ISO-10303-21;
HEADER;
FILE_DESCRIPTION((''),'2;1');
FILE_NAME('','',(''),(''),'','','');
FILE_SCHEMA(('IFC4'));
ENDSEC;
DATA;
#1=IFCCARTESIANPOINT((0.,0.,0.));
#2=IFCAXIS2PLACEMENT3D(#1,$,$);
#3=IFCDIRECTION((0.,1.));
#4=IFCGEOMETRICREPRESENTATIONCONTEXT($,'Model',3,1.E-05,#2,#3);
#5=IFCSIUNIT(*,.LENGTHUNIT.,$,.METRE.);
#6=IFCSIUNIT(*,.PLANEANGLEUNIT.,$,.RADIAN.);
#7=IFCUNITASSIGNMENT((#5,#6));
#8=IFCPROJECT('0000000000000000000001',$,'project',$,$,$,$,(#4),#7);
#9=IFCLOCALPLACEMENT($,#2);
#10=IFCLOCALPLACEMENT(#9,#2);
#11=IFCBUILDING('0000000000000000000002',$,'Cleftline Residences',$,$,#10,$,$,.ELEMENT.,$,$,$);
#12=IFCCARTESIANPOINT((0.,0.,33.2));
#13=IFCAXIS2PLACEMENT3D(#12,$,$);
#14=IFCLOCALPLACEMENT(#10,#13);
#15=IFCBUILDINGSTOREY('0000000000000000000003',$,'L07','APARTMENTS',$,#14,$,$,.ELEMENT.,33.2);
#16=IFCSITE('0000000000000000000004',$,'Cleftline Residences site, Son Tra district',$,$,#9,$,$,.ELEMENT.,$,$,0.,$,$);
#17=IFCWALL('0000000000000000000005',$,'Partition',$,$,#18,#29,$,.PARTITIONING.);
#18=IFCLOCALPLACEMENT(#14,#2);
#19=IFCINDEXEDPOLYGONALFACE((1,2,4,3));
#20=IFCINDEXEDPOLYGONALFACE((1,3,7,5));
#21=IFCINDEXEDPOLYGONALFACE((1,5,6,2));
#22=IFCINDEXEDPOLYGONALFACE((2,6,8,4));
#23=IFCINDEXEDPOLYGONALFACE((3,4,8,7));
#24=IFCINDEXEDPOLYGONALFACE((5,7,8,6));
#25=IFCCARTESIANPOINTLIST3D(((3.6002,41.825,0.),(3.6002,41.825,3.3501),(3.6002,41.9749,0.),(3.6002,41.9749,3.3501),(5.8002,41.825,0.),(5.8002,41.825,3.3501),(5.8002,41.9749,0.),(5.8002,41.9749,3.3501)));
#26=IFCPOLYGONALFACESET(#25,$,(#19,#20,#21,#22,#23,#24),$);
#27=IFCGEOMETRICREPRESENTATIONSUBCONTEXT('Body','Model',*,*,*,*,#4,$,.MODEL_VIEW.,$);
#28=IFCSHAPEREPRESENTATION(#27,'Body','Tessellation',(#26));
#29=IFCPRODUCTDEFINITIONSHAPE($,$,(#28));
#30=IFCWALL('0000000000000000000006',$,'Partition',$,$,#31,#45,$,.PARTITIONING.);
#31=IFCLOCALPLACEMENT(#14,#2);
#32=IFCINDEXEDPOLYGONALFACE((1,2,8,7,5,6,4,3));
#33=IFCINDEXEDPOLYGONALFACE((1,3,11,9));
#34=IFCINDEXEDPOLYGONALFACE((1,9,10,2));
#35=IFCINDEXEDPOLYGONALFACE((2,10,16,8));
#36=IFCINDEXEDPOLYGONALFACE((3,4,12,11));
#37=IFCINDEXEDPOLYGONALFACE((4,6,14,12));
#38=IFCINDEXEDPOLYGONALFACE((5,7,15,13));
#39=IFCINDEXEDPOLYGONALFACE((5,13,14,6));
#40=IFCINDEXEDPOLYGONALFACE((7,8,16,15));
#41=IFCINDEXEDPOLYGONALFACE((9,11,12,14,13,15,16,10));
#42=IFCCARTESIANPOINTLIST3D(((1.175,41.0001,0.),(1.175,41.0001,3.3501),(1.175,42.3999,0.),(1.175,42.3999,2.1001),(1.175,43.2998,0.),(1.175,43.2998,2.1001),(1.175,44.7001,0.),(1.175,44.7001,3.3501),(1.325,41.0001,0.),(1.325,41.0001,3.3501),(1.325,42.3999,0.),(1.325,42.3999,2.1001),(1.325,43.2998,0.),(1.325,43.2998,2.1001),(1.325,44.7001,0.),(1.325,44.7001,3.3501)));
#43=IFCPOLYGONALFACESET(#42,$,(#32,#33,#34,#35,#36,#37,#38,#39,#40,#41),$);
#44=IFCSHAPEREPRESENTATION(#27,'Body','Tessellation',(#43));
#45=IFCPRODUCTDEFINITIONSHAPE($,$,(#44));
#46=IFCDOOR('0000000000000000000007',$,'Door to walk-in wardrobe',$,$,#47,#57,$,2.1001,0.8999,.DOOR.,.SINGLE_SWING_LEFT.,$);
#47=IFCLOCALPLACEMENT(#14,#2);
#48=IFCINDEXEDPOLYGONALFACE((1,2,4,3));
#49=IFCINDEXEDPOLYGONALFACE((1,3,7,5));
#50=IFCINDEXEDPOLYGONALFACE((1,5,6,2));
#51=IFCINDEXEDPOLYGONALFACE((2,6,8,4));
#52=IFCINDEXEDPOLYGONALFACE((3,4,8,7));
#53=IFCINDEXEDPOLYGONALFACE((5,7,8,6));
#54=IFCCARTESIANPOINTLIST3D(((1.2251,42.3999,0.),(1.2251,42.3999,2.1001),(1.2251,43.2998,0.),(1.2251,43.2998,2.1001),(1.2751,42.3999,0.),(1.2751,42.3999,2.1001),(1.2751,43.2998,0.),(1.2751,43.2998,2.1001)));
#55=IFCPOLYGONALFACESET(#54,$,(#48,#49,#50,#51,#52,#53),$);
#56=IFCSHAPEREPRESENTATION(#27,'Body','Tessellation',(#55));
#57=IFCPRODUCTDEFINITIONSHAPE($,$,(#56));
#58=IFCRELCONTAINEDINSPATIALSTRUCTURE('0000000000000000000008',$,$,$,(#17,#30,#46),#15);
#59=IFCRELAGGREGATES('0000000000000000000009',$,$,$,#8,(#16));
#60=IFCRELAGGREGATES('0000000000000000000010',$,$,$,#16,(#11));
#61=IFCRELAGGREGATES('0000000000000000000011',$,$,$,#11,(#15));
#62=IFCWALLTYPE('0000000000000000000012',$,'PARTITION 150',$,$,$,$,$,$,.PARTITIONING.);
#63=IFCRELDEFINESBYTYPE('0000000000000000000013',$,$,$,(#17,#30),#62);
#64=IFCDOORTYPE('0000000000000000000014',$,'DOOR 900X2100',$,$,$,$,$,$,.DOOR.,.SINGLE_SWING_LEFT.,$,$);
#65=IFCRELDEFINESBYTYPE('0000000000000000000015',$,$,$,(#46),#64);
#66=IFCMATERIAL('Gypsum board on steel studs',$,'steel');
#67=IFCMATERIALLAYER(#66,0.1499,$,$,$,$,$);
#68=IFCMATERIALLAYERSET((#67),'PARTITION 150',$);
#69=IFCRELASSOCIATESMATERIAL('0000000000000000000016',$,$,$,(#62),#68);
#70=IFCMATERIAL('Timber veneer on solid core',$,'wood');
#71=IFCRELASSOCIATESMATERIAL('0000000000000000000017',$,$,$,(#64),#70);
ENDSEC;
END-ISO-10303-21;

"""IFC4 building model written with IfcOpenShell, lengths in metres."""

from ifc_helpers import new_model, si_unit, direction, frame, frame_2d, origin, place, context, subcontext, project, spatial, rectangle, extrude, material, layer, layer_set, type_object, element, fill, save


model = new_model("IFC4")

# Units and contexts
model_context = context("Model", 3, precision=1e-05, world=origin(), true_north=direction((0.0, 1.0)))
body_context = subcontext(model_context, "Body", "Model", "MODEL_VIEW")
ifc_project = project(units=[si_unit("LENGTHUNIT", "METRE"), si_unit("PLANEANGLEUNIT", "RADIAN")], contexts=[model_context])

# Site, building, storey
site_placement = place(None, origin())
site = spatial("IfcSite", under=ifc_project, at=site_placement, Name="Cleftline Residences site, Son Tra district", CompositionType="ELEMENT", RefElevation=0.0)
building_placement = place(site_placement, origin())
building = spatial("IfcBuilding", under=site, at=building_placement, Name="Cleftline Residences", CompositionType="ELEMENT")
storey_placement = place(building_placement, frame((0.0, 0.0, 33.2)))
storey = spatial("IfcBuildingStorey", under=building, at=storey_placement, Name="L07", Description="APARTMENTS", CompositionType="ELEMENT", Elevation=33.2)

# Wall
ifc_material_1 = material(Name="Gypsum board on steel studs", Category="steel")
ifc_layer_1 = layer(ifc_material_1, 0.1499)
ifc_layer_set_1 = layer_set([ifc_layer_1], Name="PARTITION 150")
wall_type_1 = type_object("IfcWallType", Name="PARTITION 150", PredefinedType="PARTITIONING", material=ifc_layer_set_1)
wall_1_placement = place(storey_placement, frame((3.6001, 41.8999, 0.0), z_axis=(0.0, 0.0, 1.0), x_axis=(1.0, 0.0, 0.0)))
element("IfcWall", 1, at=wall_1_placement, inside=storey, type_object=wall_type_1, Name="Partition", PredefinedType="PARTITIONING", context=body_context, shape_type="SweptSolid", body=[
    extrude(rectangle(XDim=2.2, YDim=0.1499, at=frame_2d((1.1001, 0.0))), origin(), (0.0, 0.0, 1.0), 3.3501),
])

# Wall, opening, door
wall_2_placement = place(storey_placement, frame((1.25, 41.0, 0.0), z_axis=(0.0, 0.0, 1.0), x_axis=(0.0, 1.0, 0.0)))
wall_2 = element("IfcWall", 2, at=wall_2_placement, inside=storey, type_object=wall_type_1, Name="Partition", PredefinedType="PARTITIONING", context=body_context, shape_type="SweptSolid", body=[
    extrude(rectangle(XDim=3.7, YDim=0.1499, at=frame_2d((1.8501, 0.0))), origin(), (0.0, 0.0, 1.0), 3.3501),
])
opening_1_placement = place(wall_2_placement, frame((1.3999, 0.0, 0.0)))
opening_1 = element("IfcOpeningElement", 3, at=opening_1_placement, cuts=wall_2, PredefinedType="OPENING", context=body_context, shape_type="SweptSolid", body=[
    extrude(rectangle(XDim=0.8999, YDim=2.1001, at=frame_2d((0.45, 1.05))), frame((0.0, 0.085, 0.0), z_axis=(0.0, -1.0, 0.0), x_axis=(1.0, 0.0, 0.0)), (0.0, 0.0, 1.0), 0.1699),
])
ifc_material_2 = material(Name="Timber veneer on solid core", Category="wood")
door_type = type_object("IfcDoorType", Name="DOOR 900X2100", OperationType="SINGLE_SWING_LEFT", PredefinedType="DOOR", material=ifc_material_2)
door_placement = place(opening_1_placement, origin())
door = element("IfcDoor", 4, at=door_placement, inside=storey, type_object=door_type, Name="Door to walk-in wardrobe", OperationType="SINGLE_SWING_LEFT", OverallHeight=2.1001, OverallWidth=0.8999, PredefinedType="DOOR", context=body_context, shape_type="SweptSolid", body=[
    extrude(rectangle(XDim=0.8999, YDim=2.1001, at=frame_2d((0.45, 1.05))), frame((0.0, 0.0249, 0.0), z_axis=(0.0, -1.0, 0.0), x_axis=(1.0, 0.0, 0.0)), (0.0, 0.0, 1.0), 0.05),
])
fill(opening_1, door)

save(model, "model.ifc")
